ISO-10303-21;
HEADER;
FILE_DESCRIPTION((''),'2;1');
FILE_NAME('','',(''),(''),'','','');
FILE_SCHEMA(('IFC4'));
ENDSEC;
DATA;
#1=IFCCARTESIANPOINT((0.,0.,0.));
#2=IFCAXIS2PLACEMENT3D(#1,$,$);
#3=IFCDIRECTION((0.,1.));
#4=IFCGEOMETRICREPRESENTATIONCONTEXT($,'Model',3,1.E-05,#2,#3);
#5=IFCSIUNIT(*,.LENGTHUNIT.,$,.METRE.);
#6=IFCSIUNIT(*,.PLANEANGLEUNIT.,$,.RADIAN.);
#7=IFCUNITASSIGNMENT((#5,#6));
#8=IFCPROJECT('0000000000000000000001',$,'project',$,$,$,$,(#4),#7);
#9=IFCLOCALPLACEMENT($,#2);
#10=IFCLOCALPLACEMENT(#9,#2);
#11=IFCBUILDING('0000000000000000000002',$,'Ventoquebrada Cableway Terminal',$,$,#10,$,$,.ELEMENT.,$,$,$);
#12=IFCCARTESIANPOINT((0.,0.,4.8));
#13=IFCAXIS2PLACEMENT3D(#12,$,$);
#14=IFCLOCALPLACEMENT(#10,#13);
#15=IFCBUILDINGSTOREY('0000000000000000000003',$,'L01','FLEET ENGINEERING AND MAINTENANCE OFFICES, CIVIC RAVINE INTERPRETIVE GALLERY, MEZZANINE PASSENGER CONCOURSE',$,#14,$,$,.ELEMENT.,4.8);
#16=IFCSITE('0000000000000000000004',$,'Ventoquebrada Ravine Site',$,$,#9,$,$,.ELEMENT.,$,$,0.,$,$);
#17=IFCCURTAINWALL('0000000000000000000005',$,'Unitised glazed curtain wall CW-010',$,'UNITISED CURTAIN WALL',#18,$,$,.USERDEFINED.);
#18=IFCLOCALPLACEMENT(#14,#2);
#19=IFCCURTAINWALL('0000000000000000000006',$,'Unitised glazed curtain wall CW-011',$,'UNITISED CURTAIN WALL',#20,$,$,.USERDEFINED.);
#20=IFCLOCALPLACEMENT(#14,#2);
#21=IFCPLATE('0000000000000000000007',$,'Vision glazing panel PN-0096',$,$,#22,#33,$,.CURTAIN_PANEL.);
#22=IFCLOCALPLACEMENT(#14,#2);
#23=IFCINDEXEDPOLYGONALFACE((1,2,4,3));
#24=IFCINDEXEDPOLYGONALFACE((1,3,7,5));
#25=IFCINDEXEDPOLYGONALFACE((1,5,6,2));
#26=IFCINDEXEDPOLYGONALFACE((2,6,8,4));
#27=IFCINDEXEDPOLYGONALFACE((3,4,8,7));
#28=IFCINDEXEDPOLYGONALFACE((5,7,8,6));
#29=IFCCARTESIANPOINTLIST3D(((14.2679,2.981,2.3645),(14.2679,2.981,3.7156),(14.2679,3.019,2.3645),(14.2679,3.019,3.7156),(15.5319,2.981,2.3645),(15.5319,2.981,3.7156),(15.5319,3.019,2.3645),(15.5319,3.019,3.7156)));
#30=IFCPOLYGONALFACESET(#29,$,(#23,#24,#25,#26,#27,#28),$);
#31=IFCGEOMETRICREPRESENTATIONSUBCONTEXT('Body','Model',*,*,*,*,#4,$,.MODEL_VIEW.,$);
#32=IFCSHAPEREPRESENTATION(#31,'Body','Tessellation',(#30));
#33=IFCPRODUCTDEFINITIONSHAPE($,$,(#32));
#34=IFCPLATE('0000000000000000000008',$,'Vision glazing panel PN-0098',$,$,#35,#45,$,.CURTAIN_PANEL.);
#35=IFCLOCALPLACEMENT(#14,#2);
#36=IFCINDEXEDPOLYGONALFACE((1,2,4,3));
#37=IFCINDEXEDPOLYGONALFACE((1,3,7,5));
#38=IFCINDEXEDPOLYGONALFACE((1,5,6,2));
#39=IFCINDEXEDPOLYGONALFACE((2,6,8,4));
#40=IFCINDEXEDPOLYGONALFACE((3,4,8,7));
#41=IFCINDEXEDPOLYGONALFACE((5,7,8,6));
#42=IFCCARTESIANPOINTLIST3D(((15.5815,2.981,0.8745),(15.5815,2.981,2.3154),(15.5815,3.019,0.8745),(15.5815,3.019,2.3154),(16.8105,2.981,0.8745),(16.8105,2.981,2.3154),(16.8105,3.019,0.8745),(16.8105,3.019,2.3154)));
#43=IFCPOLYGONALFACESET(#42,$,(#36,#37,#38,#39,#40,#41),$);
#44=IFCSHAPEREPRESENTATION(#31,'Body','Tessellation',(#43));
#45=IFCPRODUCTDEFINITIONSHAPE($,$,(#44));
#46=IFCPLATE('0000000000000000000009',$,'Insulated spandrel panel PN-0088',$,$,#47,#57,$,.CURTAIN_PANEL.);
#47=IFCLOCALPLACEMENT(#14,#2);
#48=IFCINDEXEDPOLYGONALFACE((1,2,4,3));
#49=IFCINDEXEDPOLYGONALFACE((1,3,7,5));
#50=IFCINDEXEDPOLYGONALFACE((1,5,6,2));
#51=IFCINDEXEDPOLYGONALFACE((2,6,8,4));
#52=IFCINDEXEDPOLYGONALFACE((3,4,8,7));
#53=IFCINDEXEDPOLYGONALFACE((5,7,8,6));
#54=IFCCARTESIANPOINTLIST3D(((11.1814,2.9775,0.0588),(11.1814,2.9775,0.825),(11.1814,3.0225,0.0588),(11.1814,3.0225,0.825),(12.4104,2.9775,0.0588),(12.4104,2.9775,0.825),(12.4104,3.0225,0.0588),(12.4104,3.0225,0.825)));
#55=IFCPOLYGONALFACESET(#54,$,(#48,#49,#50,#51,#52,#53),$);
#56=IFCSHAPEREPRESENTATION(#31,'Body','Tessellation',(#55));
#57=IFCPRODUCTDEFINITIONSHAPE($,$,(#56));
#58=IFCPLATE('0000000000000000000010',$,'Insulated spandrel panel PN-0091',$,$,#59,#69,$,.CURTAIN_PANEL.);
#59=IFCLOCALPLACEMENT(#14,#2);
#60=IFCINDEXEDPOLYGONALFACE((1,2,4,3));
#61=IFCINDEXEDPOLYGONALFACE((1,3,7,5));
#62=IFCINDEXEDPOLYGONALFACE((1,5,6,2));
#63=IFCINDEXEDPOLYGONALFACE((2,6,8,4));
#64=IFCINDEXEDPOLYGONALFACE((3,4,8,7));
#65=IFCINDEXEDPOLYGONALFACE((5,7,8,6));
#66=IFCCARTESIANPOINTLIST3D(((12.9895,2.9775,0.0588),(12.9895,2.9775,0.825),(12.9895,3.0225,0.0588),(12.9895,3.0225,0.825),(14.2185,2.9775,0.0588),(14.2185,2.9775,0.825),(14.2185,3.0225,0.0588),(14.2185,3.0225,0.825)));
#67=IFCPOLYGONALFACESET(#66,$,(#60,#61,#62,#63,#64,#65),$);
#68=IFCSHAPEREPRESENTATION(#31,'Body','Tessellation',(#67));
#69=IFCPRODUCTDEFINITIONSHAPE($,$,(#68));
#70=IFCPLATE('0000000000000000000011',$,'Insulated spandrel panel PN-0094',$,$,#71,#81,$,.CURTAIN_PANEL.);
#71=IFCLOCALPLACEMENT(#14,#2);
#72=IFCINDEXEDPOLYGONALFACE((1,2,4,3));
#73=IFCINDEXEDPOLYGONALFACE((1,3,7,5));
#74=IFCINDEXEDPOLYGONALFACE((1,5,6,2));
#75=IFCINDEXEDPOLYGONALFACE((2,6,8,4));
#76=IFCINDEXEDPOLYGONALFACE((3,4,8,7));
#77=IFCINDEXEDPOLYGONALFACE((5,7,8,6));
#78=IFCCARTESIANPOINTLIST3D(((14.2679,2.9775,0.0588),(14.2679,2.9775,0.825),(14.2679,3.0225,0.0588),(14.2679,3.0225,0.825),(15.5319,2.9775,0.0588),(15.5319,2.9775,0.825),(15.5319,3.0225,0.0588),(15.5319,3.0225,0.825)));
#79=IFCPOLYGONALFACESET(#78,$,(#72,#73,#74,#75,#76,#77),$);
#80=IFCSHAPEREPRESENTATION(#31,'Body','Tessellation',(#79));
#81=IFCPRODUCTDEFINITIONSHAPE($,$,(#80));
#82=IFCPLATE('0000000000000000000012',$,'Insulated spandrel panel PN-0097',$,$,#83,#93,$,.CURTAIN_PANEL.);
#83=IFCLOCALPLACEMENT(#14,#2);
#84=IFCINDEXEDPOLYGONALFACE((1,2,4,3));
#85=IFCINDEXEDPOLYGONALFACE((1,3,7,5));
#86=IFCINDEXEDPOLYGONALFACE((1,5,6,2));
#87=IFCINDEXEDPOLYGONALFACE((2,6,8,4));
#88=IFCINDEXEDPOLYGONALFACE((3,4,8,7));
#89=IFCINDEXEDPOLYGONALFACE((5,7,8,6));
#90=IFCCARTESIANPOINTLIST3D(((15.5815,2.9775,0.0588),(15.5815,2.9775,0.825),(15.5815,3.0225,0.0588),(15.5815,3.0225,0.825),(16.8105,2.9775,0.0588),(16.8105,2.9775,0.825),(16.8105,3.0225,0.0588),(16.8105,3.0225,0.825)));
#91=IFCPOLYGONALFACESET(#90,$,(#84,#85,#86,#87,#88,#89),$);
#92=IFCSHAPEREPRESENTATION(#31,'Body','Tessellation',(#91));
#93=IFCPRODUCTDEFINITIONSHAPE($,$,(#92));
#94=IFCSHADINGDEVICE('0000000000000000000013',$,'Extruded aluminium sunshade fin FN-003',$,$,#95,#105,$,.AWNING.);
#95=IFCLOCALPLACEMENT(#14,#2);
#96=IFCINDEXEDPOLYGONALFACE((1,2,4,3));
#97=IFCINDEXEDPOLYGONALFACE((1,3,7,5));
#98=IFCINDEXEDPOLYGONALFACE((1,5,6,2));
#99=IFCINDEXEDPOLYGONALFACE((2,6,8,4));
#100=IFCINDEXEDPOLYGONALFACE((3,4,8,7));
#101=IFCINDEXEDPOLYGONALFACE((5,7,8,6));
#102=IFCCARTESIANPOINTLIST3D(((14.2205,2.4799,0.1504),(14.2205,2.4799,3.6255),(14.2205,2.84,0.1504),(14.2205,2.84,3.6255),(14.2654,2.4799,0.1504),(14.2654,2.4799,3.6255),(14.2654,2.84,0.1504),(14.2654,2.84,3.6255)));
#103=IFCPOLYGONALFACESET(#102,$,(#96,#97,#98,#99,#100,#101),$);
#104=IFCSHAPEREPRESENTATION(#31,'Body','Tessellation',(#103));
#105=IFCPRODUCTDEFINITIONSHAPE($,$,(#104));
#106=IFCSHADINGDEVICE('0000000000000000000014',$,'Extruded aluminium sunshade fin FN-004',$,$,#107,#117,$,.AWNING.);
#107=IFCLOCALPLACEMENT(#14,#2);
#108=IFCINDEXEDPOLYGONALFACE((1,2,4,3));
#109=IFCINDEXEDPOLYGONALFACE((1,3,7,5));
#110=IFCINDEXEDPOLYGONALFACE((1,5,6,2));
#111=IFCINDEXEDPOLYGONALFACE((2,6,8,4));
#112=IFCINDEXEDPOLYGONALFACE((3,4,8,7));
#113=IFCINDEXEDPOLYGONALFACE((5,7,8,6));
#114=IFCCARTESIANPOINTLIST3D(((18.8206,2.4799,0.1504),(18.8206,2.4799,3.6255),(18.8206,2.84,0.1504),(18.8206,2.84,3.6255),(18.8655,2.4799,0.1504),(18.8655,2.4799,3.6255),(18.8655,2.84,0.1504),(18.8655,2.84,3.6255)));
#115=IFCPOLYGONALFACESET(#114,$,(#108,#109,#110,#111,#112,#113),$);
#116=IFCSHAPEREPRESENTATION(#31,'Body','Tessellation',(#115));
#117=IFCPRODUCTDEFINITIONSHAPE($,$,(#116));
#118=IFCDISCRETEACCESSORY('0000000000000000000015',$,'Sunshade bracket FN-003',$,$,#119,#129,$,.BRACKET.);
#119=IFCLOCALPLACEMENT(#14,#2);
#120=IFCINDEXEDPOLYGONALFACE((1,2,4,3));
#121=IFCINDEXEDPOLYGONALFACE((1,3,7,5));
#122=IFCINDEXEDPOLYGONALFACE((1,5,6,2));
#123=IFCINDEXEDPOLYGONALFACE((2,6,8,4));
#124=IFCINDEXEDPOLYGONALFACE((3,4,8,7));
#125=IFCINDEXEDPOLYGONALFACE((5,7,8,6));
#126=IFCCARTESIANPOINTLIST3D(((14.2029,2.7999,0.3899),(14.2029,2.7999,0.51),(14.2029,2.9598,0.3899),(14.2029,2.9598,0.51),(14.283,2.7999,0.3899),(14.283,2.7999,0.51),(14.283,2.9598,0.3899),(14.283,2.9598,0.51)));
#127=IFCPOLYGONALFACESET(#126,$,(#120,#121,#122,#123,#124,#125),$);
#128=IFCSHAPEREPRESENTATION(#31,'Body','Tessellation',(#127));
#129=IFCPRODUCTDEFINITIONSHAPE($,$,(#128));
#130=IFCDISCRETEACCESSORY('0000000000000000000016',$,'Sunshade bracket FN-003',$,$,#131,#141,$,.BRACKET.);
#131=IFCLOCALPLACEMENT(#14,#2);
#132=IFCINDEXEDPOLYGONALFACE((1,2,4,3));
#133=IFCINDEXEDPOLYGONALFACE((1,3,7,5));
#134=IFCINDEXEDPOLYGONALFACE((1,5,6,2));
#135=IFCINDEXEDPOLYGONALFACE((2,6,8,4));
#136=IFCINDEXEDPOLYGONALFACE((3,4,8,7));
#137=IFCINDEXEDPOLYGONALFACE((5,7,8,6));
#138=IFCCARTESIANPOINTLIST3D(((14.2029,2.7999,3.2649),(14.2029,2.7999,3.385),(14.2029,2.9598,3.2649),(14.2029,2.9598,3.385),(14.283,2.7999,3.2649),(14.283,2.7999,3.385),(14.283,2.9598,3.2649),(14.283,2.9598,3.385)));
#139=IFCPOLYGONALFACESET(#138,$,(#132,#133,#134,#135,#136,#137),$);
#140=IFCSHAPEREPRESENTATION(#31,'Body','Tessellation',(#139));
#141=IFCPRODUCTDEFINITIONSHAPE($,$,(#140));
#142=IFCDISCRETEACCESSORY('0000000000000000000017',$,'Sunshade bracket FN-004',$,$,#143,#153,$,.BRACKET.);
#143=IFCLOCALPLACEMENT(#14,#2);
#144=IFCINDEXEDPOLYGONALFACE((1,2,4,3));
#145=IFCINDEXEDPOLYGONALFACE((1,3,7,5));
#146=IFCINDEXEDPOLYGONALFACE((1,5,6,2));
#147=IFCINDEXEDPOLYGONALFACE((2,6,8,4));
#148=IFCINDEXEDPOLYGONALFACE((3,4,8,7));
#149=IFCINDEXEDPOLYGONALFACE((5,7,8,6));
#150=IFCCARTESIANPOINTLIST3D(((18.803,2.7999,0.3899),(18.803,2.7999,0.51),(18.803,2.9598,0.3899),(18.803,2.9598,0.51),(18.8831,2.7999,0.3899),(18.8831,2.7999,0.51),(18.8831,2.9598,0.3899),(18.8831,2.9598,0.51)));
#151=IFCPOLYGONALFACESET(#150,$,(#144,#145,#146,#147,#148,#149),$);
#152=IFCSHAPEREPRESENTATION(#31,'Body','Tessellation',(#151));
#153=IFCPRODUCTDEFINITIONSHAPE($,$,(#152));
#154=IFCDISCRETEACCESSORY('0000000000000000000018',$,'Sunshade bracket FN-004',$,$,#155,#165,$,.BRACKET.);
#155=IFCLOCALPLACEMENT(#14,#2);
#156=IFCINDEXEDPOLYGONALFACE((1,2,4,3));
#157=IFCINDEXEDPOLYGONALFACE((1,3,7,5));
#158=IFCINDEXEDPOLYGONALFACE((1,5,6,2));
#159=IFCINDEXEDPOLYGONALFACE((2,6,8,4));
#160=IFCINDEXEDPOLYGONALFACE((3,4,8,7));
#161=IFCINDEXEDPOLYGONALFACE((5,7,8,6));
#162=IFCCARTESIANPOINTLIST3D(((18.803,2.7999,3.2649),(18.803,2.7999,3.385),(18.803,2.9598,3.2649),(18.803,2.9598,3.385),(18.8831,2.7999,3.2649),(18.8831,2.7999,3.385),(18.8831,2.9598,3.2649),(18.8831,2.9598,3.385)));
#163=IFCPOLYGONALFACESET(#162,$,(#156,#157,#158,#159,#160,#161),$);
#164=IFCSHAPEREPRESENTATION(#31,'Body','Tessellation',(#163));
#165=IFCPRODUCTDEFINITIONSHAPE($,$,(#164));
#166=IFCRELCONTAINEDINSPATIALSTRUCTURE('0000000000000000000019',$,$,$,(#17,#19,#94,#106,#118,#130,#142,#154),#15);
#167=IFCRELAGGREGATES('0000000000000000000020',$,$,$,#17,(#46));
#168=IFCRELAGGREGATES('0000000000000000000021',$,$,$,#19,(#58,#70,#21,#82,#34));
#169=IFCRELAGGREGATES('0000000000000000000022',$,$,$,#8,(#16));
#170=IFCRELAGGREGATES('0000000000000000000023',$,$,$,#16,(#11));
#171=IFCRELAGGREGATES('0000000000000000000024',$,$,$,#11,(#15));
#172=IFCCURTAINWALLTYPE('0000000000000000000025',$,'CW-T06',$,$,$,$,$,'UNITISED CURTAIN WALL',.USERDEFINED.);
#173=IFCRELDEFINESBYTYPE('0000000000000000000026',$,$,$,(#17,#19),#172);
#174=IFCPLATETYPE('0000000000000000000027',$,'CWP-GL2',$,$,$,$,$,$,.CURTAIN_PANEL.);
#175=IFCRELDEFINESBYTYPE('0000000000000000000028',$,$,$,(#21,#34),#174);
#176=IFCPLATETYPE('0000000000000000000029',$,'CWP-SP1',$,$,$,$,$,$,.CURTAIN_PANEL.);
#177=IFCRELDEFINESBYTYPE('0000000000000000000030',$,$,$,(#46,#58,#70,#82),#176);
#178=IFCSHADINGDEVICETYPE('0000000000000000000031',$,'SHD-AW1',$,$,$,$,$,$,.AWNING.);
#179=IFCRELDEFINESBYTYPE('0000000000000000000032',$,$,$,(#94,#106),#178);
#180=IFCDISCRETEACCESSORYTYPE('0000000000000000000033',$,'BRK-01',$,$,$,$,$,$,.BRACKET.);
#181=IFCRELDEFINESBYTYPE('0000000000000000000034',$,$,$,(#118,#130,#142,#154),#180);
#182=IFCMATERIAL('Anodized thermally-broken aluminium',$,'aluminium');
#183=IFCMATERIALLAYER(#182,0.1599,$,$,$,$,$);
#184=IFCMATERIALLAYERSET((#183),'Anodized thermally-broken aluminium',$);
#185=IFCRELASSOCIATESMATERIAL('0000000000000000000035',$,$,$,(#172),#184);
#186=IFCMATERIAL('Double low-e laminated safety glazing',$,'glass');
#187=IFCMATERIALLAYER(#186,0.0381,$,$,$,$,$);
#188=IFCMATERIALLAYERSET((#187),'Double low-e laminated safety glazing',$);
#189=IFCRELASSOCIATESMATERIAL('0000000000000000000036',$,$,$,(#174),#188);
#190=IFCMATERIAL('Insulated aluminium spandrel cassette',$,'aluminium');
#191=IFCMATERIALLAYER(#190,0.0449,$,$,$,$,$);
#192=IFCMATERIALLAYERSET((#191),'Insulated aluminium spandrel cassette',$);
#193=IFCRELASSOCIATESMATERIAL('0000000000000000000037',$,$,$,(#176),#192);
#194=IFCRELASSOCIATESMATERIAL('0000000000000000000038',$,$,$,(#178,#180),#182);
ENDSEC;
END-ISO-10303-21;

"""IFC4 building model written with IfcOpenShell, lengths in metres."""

from ifc_helpers import new_model, si_unit, direction, frame, origin, origin_2d, place, context, subcontext, project, spatial, rectangle, extrude, material, layer, layer_set, type_object, element, aggregate, save


model = new_model("IFC4")

# Units and contexts
model_context = context("Model", 3, precision=1e-05, world=origin(), true_north=direction((0.0, 1.0)))
body_context = subcontext(model_context, "Body", "Model", "MODEL_VIEW")
ifc_project = project(units=[si_unit("LENGTHUNIT", "METRE"), si_unit("PLANEANGLEUNIT", "RADIAN")], contexts=[model_context])

# Site, building, storey
site_placement = place(None, origin())
site = spatial("IfcSite", under=ifc_project, at=site_placement, Name="Ventoquebrada Ravine Site", CompositionType="ELEMENT", RefElevation=0.0)
building_placement = place(site_placement, origin())
building = spatial("IfcBuilding", under=site, at=building_placement, Name="Ventoquebrada Cableway Terminal", CompositionType="ELEMENT")
storey_placement = place(building_placement, frame((0.0, 0.0, 4.8)))
storey = spatial("IfcBuildingStorey", under=building, at=storey_placement, Name="L01", Description="FLEET ENGINEERING AND MAINTENANCE OFFICES, CIVIC RAVINE INTERPRETIVE GALLERY, MEZZANINE PASSENGER CONCOURSE", CompositionType="ELEMENT", Elevation=4.8)

# Curtain wall
ifc_material_1 = material(Name="Anodized thermally-broken aluminium", Category="aluminium")
ifc_layer_1 = layer(ifc_material_1, 0.1599)
ifc_layer_set_1 = layer_set([ifc_layer_1], Name="Anodized thermally-broken aluminium")
curtain_wall_type = type_object("IfcCurtainWallType", Name="CW-T06", ElementType="UNITISED CURTAIN WALL", PredefinedType="USERDEFINED", material=ifc_layer_set_1)
curtain_wall_1_placement = place(storey_placement, origin())
curtain_wall_1 = element("IfcCurtainWall", 1, at=curtain_wall_1_placement, inside=storey, type_object=curtain_wall_type, Name="Unitised glazed curtain wall CW-010", ObjectType="UNITISED CURTAIN WALL", PredefinedType="USERDEFINED")

# Curtain wall
curtain_wall_2_placement = place(storey_placement, origin())
curtain_wall_2 = element("IfcCurtainWall", 2, at=curtain_wall_2_placement, inside=storey, type_object=curtain_wall_type, Name="Unitised glazed curtain wall CW-011", ObjectType="UNITISED CURTAIN WALL", PredefinedType="USERDEFINED")

# Plates
ifc_material_2 = material(Name="Double low-e laminated safety glazing", Category="glass")
ifc_layer_2 = layer(ifc_material_2, 0.0381)
ifc_layer_set_2 = layer_set([ifc_layer_2], Name="Double low-e laminated safety glazing")
plate_type_1 = type_object("IfcPlateType", Name="CWP-GL2", PredefinedType="CURTAIN_PANEL", material=ifc_layer_set_2)
plate_1_placement = place(storey_placement, frame((14.8999, 3.0, 2.3645), z_axis=(0.0, 0.0, 1.0), x_axis=(1.0, 0.0, 0.0)))
plate_1 = element("IfcPlate", 3, at=plate_1_placement, type_object=plate_type_1, Name="Vision glazing panel PN-0096", PredefinedType="CURTAIN_PANEL", context=body_context, shape_type="SweptSolid", body=[
    extrude(rectangle(XDim=1.2639, YDim=0.0381, at=origin_2d()), origin(), (0.0, 0.0, 1.0), 1.3511),
])
plate_2_placement = place(storey_placement, frame((16.196, 3.0, 0.8745), z_axis=(0.0, 0.0, 1.0), x_axis=(1.0, 0.0, 0.0)))
plate_2 = element("IfcPlate", 4, at=plate_2_placement, type_object=plate_type_1, Name="Vision glazing panel PN-0098", PredefinedType="CURTAIN_PANEL", context=body_context, shape_type="SweptSolid", body=[
    extrude(rectangle(XDim=1.229, YDim=0.0381, at=origin_2d()), origin(), (0.0, 0.0, 1.0), 1.4409),
])
ifc_material_3 = material(Name="Insulated aluminium spandrel cassette", Category="aluminium")
ifc_layer_3 = layer(ifc_material_3, 0.0449)
ifc_layer_set_3 = layer_set([ifc_layer_3], Name="Insulated aluminium spandrel cassette")
plate_type_2 = type_object("IfcPlateType", Name="CWP-SP1", PredefinedType="CURTAIN_PANEL", material=ifc_layer_set_3)
plate_3_placement = place(storey_placement, frame((11.7959, 3.0, 0.0588), z_axis=(0.0, 0.0, 1.0), x_axis=(1.0, 0.0, 0.0)))
plate_3 = element("IfcPlate", 5, at=plate_3_placement, type_object=plate_type_2, Name="Insulated spandrel panel PN-0088", PredefinedType="CURTAIN_PANEL", context=body_context, shape_type="SweptSolid", body=[
    extrude(rectangle(XDim=1.229, YDim=0.0449, at=origin_2d()), origin(), (0.0, 0.0, 1.0), 0.7661),
])
aggregate(curtain_wall_1, [plate_3])
plate_4_placement = place(storey_placement, frame((13.604, 3.0, 0.0588), z_axis=(0.0, 0.0, 1.0), x_axis=(1.0, 0.0, 0.0)))
plate_4 = element("IfcPlate", 6, at=plate_4_placement, type_object=plate_type_2, Name="Insulated spandrel panel PN-0091", PredefinedType="CURTAIN_PANEL", context=body_context, shape_type="SweptSolid", body=[
    extrude(rectangle(XDim=1.229, YDim=0.0449, at=origin_2d()), origin(), (0.0, 0.0, 1.0), 0.7661),
])
plate_5_placement = place(storey_placement, frame((14.8999, 3.0, 0.0588), z_axis=(0.0, 0.0, 1.0), x_axis=(1.0, 0.0, 0.0)))
plate_5 = element("IfcPlate", 7, at=plate_5_placement, type_object=plate_type_2, Name="Insulated spandrel panel PN-0094", PredefinedType="CURTAIN_PANEL", context=body_context, shape_type="SweptSolid", body=[
    extrude(rectangle(XDim=1.2639, YDim=0.0449, at=origin_2d()), origin(), (0.0, 0.0, 1.0), 0.7661),
])
plate_6_placement = place(storey_placement, frame((16.196, 3.0, 0.0588), z_axis=(0.0, 0.0, 1.0), x_axis=(1.0, 0.0, 0.0)))
plate_6 = element("IfcPlate", 8, at=plate_6_placement, type_object=plate_type_2, Name="Insulated spandrel panel PN-0097", PredefinedType="CURTAIN_PANEL", context=body_context, shape_type="SweptSolid", body=[
    extrude(rectangle(XDim=1.229, YDim=0.0449, at=origin_2d()), origin(), (0.0, 0.0, 1.0), 0.7661),
])
aggregate(curtain_wall_2, [plate_4, plate_5, plate_1, plate_6, plate_2])

# Shading devices
shading_device_type = type_object("IfcShadingDeviceType", Name="SHD-AW1", PredefinedType="AWNING", material=ifc_material_1)
for number, where, z_axis, x_axis, name in (
    (9, (14.2429, 2.6599, 0.1504), (0.0, 0.0, 1.0), (1.0, 0.0, 0.0), "Extruded aluminium sunshade fin FN-003"),
    (10, (18.843, 2.6599, 0.1504), (0.0, 0.0, 1.0), (1.0, 0.0, 0.0), "Extruded aluminium sunshade fin FN-004"),
):
    element("IfcShadingDevice", number, at=place(storey_placement, frame(where, z_axis=z_axis, x_axis=x_axis)), inside=storey, type_object=shading_device_type, Name=name, PredefinedType="AWNING", context=body_context, shape_type="SweptSolid", body=[
        extrude(rectangle(XDim=0.0449, YDim=0.3601, at=origin_2d()), origin(), (0.0, 0.0, 1.0), 3.4751),
    ])

# Discrete accessories
discrete_accessory_type = type_object("IfcDiscreteAccessoryType", Name="BRK-01", PredefinedType="BRACKET", material=ifc_material_1)
for number, where, z_axis, x_axis, name in (
    (11, (14.2429, 2.8799, 0.3899), (0.0, 0.0, 1.0), (1.0, 0.0, 0.0), "Sunshade bracket FN-003"),
    (12, (14.2429, 2.8799, 3.2649), (0.0, 0.0, 1.0), (1.0, 0.0, 0.0), "Sunshade bracket FN-003"),
    (13, (18.843, 2.8799, 0.3899), (0.0, 0.0, 1.0), (1.0, 0.0, 0.0), "Sunshade bracket FN-004"),
    (14, (18.843, 2.8799, 3.2649), (0.0, 0.0, 1.0), (1.0, 0.0, 0.0), "Sunshade bracket FN-004"),
):
    element("IfcDiscreteAccessory", number, at=place(storey_placement, frame(where, z_axis=z_axis, x_axis=x_axis)), inside=storey, type_object=discrete_accessory_type, Name=name, PredefinedType="BRACKET", context=body_context, shape_type="SweptSolid", body=[
        extrude(rectangle(XDim=0.0801, YDim=0.1599, at=origin_2d()), origin(), (0.0, 0.0, 1.0), 0.1201),
    ])

save(model, "model.ifc")
